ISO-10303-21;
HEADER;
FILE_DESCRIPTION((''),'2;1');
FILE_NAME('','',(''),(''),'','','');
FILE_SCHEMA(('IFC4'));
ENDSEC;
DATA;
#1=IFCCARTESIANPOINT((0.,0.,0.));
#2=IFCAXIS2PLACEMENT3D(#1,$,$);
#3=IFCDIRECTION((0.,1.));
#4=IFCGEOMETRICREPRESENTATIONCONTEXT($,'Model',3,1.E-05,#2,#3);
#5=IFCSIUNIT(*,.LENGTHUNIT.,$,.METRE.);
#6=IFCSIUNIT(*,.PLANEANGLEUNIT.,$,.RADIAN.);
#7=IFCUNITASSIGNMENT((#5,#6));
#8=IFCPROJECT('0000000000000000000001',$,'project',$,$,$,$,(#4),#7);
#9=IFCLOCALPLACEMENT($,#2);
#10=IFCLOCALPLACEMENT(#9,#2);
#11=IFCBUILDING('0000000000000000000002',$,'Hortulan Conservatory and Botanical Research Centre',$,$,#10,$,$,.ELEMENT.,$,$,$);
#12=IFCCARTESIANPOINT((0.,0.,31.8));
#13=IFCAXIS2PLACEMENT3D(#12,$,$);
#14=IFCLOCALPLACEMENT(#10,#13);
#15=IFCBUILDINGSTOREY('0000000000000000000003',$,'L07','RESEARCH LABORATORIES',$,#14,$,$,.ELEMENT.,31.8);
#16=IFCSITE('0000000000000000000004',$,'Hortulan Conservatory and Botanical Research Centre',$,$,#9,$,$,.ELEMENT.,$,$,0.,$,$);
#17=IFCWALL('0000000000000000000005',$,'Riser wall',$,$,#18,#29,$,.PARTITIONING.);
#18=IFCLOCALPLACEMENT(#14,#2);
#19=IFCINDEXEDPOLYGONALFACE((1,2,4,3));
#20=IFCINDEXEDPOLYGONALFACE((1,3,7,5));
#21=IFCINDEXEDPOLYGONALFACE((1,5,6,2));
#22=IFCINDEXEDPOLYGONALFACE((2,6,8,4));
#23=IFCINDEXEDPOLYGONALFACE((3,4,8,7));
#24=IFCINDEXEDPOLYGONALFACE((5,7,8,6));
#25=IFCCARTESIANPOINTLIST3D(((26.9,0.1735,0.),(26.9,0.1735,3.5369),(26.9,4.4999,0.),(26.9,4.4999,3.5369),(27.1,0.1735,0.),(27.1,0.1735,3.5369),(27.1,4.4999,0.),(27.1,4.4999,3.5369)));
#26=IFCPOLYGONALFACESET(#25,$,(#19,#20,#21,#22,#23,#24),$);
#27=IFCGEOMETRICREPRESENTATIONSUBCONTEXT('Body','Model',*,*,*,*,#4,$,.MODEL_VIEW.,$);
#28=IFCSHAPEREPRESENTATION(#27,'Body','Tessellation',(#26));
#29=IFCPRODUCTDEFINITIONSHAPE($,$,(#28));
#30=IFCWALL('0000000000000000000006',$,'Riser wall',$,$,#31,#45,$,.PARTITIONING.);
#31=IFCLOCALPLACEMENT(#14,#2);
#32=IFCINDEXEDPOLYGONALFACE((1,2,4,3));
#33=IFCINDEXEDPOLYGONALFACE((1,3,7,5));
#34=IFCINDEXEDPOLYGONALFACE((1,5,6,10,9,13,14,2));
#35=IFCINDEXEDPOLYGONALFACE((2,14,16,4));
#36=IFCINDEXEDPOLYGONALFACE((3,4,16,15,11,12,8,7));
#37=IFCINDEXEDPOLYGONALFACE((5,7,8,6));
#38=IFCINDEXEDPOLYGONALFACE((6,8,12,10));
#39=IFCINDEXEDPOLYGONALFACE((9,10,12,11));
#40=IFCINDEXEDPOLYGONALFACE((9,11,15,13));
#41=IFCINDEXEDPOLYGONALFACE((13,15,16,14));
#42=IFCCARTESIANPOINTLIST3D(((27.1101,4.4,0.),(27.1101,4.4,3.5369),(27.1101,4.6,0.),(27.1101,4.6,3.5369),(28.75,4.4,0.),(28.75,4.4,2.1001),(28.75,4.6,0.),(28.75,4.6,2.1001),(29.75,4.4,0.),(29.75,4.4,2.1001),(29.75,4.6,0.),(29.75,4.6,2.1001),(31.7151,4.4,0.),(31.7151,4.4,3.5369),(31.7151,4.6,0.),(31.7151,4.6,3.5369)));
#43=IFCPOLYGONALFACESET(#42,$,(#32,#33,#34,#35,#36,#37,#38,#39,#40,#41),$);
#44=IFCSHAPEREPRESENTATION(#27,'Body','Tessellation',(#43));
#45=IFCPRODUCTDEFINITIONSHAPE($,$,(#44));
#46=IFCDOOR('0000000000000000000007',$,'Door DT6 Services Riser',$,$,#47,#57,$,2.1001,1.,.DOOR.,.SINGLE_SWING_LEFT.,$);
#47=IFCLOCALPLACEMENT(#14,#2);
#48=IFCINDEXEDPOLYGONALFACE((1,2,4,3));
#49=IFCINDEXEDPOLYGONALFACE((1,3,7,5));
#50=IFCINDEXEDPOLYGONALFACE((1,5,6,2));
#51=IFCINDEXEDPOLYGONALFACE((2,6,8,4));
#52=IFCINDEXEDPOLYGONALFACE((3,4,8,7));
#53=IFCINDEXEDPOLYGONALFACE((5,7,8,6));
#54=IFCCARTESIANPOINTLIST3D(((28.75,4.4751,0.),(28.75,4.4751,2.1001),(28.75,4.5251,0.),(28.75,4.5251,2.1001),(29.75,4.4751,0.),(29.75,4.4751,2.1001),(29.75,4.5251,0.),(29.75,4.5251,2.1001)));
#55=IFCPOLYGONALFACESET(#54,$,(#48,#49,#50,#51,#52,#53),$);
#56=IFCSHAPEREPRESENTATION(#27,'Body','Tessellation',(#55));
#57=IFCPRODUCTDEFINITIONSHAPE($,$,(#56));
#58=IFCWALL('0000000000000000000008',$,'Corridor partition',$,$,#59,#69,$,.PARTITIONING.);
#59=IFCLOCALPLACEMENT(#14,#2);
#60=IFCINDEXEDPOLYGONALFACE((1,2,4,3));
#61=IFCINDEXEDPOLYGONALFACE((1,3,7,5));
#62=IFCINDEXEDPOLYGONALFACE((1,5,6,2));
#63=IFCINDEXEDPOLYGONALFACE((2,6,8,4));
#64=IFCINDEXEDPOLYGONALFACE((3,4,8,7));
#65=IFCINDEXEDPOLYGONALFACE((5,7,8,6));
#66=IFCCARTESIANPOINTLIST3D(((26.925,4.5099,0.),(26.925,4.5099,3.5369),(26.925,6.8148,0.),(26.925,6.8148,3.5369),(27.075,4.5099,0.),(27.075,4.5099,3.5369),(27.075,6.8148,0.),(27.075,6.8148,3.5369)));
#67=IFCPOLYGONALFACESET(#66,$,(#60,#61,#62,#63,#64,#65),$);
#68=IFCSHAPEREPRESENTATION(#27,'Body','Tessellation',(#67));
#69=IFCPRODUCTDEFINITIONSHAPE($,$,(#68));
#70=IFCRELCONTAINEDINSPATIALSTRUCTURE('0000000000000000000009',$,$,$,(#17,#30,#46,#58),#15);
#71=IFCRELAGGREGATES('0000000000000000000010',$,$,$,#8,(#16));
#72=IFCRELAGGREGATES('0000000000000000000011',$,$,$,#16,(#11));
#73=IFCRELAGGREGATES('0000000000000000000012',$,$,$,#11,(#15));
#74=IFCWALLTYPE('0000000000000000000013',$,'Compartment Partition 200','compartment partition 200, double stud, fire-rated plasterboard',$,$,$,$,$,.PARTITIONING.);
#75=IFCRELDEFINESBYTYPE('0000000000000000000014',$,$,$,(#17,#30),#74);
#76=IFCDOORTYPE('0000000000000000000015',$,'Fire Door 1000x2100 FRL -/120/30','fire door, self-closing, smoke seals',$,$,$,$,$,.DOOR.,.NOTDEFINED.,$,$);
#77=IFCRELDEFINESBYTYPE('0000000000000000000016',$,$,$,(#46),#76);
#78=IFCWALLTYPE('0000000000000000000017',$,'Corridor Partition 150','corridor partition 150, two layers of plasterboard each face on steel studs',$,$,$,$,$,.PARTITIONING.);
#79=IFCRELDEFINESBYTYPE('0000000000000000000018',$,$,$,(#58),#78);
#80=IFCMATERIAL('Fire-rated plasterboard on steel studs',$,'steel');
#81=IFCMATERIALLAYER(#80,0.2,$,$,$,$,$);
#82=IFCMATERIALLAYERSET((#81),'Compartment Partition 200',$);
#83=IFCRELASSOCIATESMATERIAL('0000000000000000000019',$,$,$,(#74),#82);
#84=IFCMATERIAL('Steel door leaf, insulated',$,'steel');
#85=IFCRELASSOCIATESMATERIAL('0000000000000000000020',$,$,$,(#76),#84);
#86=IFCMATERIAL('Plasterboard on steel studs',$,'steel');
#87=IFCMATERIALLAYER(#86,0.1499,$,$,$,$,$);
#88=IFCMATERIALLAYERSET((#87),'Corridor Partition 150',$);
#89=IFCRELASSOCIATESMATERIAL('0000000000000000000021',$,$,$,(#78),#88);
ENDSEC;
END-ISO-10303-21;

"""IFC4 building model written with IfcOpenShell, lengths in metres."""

from ifc_helpers import new_model, si_unit, direction, frame, frame_2d, origin, place, context, subcontext, project, spatial, rectangle, extrude, material, layer, layer_set, type_object, element, fill, save


model = new_model("IFC4")

# Units and contexts
model_context = context("Model", 3, precision=1e-05, world=origin(), true_north=direction((0.0, 1.0)))
body_context = subcontext(model_context, "Body", "Model", "MODEL_VIEW")
ifc_project = project(units=[si_unit("LENGTHUNIT", "METRE"), si_unit("PLANEANGLEUNIT", "RADIAN")], contexts=[model_context])

# Site, building, storey
site_placement = place(None, origin())
site = spatial("IfcSite", under=ifc_project, at=site_placement, Name="Hortulan Conservatory and Botanical Research Centre", CompositionType="ELEMENT", RefElevation=0.0)
building_placement = place(site_placement, origin())
building = spatial("IfcBuilding", under=site, at=building_placement, Name="Hortulan Conservatory and Botanical Research Centre", CompositionType="ELEMENT")
storey_placement = place(building_placement, frame((0.0, 0.0, 31.8)))
storey = spatial("IfcBuildingStorey", under=building, at=storey_placement, Name="L07", Description="RESEARCH LABORATORIES", CompositionType="ELEMENT", Elevation=31.8)

# Wall
ifc_material_1 = material(Name="Fire-rated plasterboard on steel studs", Category="steel")
ifc_layer_1 = layer(ifc_material_1, 0.2)
ifc_layer_set_1 = layer_set([ifc_layer_1], Name="Compartment Partition 200")
wall_type_1 = type_object("IfcWallType", Name="Compartment Partition 200", Description="compartment partition 200, double stud, fire-rated plasterboard", PredefinedType="PARTITIONING", material=ifc_layer_set_1)
wall_1_placement = place(storey_placement, frame((27.0, 0.1736, 0.0), z_axis=(0.0, 0.0, 1.0), x_axis=(0.0, 1.0, 0.0)))
element("IfcWall", 1, at=wall_1_placement, inside=storey, type_object=wall_type_1, Name="Riser wall", PredefinedType="PARTITIONING", context=body_context, shape_type="SweptSolid", body=[
    extrude(rectangle(XDim=4.3264, YDim=0.2, at=frame_2d((2.1631, 0.0))), origin(), (0.0, 0.0, 1.0), 3.5369),
])

# Wall, opening, door
wall_2_placement = place(storey_placement, frame((27.1101, 4.5, 0.0), z_axis=(0.0, 0.0, 1.0), x_axis=(1.0, 0.0, 0.0)))
wall_2 = element("IfcWall", 2, at=wall_2_placement, inside=storey, type_object=wall_type_1, Name="Riser wall", PredefinedType="PARTITIONING", context=body_context, shape_type="SweptSolid", body=[
    extrude(rectangle(XDim=4.605, YDim=0.2, at=frame_2d((2.3025, 0.0))), origin(), (0.0, 0.0, 1.0), 3.5369),
])
opening_1_placement = place(wall_2_placement, frame((1.6399, 0.0, 0.0)))
opening_1 = element("IfcOpeningElement", 3, at=opening_1_placement, cuts=wall_2, PredefinedType="OPENING", context=body_context, shape_type="SweptSolid", body=[
    extrude(rectangle(XDim=1.0, YDim=2.1001, at=frame_2d((0.5, 1.05))), frame((0.0, 0.1099, 0.0), z_axis=(0.0, -1.0, 0.0), x_axis=(1.0, 0.0, 0.0)), (0.0, 0.0, 1.0), 0.22),
])
ifc_material_2 = material(Name="Steel door leaf, insulated", Category="steel")
door_type = type_object("IfcDoorType", Name="Fire Door 1000x2100 FRL -/120/30", Description="fire door, self-closing, smoke seals", OperationType="NOTDEFINED", PredefinedType="DOOR", material=ifc_material_2)
door_placement = place(opening_1_placement, frame((1.0, 0.0, 0.0), z_axis=(0.0, 0.0, 1.0), x_axis=(-1.0, 0.0, 0.0)))
door = element("IfcDoor", 4, at=door_placement, inside=storey, type_object=door_type, Name="Door DT6 Services Riser", OperationType="SINGLE_SWING_LEFT", OverallHeight=2.1001, OverallWidth=1.0, PredefinedType="DOOR", context=body_context, shape_type="SweptSolid", body=[
    extrude(rectangle(XDim=1.0, YDim=2.1001, at=frame_2d((0.5, 1.05))), frame((0.0, 0.0249, 0.0), z_axis=(0.0, -1.0, 0.0), x_axis=(1.0, 0.0, 0.0)), (0.0, 0.0, 1.0), 0.05),
])
fill(opening_1, door)

# Wall
ifc_material_3 = material(Name="Plasterboard on steel studs", Category="steel")
ifc_layer_2 = layer(ifc_material_3, 0.1499)
ifc_layer_set_2 = layer_set([ifc_layer_2], Name="Corridor Partition 150")
wall_type_2 = type_object("IfcWallType", Name="Corridor Partition 150", Description="corridor partition 150, two layers of plasterboard each face on steel studs", PredefinedType="PARTITIONING", material=ifc_layer_set_2)
wall_3_placement = place(storey_placement, frame((27.0, 4.51, 0.0), z_axis=(0.0, 0.0, 1.0), x_axis=(0.0, 1.0, 0.0)))
element("IfcWall", 5, at=wall_3_placement, inside=storey, type_object=wall_type_2, Name="Corridor partition", PredefinedType="PARTITIONING", context=body_context, shape_type="SweptSolid", body=[
    extrude(rectangle(XDim=2.3049, YDim=0.1499, at=frame_2d((1.1523, 0.0))), origin(), (0.0, 0.0, 1.0), 3.5369),
])

save(model, "model.ifc")
